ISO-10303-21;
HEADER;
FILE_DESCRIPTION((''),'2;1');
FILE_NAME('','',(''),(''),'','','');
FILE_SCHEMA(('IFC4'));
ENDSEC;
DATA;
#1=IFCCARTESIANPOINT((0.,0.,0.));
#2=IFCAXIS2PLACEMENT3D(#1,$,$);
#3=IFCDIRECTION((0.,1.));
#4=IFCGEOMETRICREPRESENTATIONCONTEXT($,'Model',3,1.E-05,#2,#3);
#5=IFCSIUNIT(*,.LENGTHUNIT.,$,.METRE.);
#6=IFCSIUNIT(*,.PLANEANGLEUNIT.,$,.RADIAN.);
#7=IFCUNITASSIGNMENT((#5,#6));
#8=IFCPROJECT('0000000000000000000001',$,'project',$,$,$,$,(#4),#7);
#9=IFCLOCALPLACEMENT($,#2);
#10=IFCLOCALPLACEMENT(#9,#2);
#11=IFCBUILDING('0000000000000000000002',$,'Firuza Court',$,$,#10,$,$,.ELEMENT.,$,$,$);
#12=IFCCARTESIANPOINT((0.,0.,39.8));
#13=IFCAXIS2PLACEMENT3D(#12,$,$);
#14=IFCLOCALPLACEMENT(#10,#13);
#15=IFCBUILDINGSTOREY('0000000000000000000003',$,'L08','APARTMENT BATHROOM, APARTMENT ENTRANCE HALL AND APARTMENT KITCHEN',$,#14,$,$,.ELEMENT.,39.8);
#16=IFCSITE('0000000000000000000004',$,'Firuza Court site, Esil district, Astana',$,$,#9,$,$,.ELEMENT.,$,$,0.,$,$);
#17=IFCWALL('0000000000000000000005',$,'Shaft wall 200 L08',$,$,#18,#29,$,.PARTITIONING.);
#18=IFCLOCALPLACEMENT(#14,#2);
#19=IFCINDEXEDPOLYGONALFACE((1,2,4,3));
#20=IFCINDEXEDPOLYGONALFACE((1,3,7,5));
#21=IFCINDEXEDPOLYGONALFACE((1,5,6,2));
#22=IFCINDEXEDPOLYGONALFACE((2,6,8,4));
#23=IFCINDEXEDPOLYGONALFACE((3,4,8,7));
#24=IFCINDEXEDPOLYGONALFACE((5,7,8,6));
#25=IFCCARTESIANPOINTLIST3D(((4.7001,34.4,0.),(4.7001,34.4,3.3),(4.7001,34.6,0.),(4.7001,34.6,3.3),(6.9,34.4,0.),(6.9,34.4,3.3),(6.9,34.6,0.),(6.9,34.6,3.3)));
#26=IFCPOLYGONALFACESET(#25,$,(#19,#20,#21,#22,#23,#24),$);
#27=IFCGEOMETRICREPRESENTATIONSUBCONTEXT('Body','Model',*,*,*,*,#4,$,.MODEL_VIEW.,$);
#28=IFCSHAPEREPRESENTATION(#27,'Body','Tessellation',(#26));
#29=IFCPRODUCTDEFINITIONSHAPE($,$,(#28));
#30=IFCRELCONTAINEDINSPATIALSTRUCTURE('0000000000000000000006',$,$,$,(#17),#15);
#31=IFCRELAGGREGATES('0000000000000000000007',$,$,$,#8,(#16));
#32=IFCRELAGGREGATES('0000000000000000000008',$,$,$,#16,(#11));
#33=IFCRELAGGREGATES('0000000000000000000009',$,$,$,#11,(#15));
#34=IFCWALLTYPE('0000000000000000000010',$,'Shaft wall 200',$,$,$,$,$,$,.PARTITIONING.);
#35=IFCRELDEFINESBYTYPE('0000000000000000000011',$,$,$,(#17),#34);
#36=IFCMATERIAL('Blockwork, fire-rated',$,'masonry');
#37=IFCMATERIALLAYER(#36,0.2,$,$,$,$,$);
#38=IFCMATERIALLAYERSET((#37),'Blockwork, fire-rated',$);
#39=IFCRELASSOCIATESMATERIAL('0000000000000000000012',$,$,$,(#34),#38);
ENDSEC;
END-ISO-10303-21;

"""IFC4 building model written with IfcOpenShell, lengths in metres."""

from ifc_helpers import new_model, si_unit, direction, frame, frame_2d, origin, place, context, subcontext, project, spatial, rectangle, extrude, material, layer, layer_set, type_object, element, save


model = new_model("IFC4")

# Units and contexts
model_context = context("Model", 3, precision=1e-05, world=origin(), true_north=direction((0.0, 1.0)))
body_context = subcontext(model_context, "Body", "Model", "MODEL_VIEW")
ifc_project = project(units=[si_unit("LENGTHUNIT", "METRE"), si_unit("PLANEANGLEUNIT", "RADIAN")], contexts=[model_context])

# Site, building, storey
site_placement = place(None, origin())
site = spatial("IfcSite", under=ifc_project, at=site_placement, Name="Firuza Court site, Esil district, Astana", CompositionType="ELEMENT", RefElevation=0.0)
building_placement = place(site_placement, origin())
building = spatial("IfcBuilding", under=site, at=building_placement, Name="Firuza Court", CompositionType="ELEMENT")
storey_placement = place(building_placement, frame((0.0, 0.0, 39.8)))
storey = spatial("IfcBuildingStorey", under=building, at=storey_placement, Name="L08", Description="APARTMENT BATHROOM, APARTMENT ENTRANCE HALL AND APARTMENT KITCHEN", CompositionType="ELEMENT", Elevation=39.8)

# Wall
ifc_material_1 = material(Name="Blockwork, fire-rated", Category="masonry")
ifc_layer_1 = layer(ifc_material_1, 0.2)
ifc_layer_set_1 = layer_set([ifc_layer_1], Name="Blockwork, fire-rated")
wall_type_1 = type_object("IfcWallType", Name="Shaft wall 200", PredefinedType="PARTITIONING", material=ifc_layer_set_1)
wall_1_placement = place(storey_placement, frame((4.7, 34.5, 0.0), z_axis=(0.0, 0.0, 1.0), x_axis=(1.0, 0.0, 0.0)))
element("IfcWall", 1, at=wall_1_placement, inside=storey, type_object=wall_type_1, Name="Shaft wall 200 L08", PredefinedType="PARTITIONING", context=body_context, shape_type="SweptSolid", body=[
    extrude(rectangle(XDim=2.2, YDim=0.2, at=frame_2d((1.1001, 0.0))), origin(), (0.0, 0.0, 1.0), 3.3),
])

save(model, "model.ifc")
